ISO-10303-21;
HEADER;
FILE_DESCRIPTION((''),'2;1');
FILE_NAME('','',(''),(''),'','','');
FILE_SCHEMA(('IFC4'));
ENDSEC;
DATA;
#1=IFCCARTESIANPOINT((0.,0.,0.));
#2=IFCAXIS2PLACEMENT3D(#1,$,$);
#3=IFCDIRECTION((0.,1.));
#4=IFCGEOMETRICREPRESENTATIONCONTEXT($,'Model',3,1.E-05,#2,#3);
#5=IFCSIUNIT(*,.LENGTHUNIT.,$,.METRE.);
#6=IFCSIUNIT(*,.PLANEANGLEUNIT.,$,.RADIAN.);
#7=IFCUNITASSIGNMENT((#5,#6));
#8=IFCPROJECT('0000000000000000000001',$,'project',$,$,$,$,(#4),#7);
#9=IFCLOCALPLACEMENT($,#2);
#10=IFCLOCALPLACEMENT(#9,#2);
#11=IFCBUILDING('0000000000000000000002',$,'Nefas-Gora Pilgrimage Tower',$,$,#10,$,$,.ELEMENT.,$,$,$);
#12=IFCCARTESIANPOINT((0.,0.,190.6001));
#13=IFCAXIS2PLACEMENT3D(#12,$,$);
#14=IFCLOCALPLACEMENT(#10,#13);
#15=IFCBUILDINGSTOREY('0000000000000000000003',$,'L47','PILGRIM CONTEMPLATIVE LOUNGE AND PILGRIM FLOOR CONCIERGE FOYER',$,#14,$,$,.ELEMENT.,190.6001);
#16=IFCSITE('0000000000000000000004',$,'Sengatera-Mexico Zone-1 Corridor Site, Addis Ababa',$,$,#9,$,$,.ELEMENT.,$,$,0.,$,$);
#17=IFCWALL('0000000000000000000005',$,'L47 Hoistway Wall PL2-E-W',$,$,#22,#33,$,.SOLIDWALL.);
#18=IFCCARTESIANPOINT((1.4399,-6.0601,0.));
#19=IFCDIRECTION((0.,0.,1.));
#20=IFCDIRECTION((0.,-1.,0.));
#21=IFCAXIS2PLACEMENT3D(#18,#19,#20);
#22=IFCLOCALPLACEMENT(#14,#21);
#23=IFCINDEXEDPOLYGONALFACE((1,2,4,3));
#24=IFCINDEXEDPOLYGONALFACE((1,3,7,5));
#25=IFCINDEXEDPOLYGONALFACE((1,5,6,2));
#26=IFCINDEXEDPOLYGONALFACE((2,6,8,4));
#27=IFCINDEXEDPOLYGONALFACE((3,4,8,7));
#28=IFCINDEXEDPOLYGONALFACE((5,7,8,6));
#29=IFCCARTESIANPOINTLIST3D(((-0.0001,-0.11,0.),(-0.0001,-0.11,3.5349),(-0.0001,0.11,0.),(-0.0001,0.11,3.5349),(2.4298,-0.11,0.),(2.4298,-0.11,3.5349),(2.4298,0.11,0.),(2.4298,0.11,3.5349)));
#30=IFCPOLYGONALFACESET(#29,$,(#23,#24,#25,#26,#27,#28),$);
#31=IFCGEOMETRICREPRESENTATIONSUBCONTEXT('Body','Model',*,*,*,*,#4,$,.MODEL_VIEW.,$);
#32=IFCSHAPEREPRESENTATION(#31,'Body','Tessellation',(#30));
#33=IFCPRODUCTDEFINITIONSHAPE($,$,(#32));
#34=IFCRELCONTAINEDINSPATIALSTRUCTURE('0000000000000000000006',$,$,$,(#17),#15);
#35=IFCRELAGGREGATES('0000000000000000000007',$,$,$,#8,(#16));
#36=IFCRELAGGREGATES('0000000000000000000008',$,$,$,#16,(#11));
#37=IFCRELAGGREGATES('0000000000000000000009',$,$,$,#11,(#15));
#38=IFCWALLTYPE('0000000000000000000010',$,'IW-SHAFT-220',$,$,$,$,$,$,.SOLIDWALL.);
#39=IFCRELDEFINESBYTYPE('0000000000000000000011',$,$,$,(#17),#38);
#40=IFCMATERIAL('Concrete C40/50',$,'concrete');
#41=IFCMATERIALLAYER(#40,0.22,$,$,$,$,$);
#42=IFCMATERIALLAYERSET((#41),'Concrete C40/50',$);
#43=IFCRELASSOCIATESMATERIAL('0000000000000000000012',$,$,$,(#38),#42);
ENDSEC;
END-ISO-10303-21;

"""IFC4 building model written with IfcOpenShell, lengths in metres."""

from ifc_helpers import new_model, si_unit, direction, frame, frame_2d, origin, place, context, subcontext, project, spatial, rectangle, extrude, source, transform, mapped, material, layer, layer_set, type_object, element, save


model = new_model("IFC4")

# Units and contexts
model_context = context("Model", 3, precision=1e-05, world=origin(), true_north=direction((0.0, 1.0)))
body_context = subcontext(model_context, "Body", "Model", "MODEL_VIEW")
ifc_project = project(units=[si_unit("LENGTHUNIT", "METRE"), si_unit("PLANEANGLEUNIT", "RADIAN")], contexts=[model_context])

# Site, building, storey
site_placement = place(None, origin())
site = spatial("IfcSite", under=ifc_project, at=site_placement, Name="Sengatera-Mexico Zone-1 Corridor Site, Addis Ababa", CompositionType="ELEMENT", RefElevation=0.0)
building_placement = place(site_placement, origin())
building = spatial("IfcBuilding", under=site, at=building_placement, Name="Nefas-Gora Pilgrimage Tower", CompositionType="ELEMENT")
storey_placement = place(building_placement, frame((0.0, 0.0, 190.6001)))
storey = spatial("IfcBuildingStorey", under=building, at=storey_placement, Name="L47", Description="PILGRIM CONTEMPLATIVE LOUNGE AND PILGRIM FLOOR CONCIERGE FOYER", CompositionType="ELEMENT", Elevation=190.6001)

# Shared definitions
ifc_material_1 = material(Name="Concrete C40/50", Category="concrete")

# Shared definitions
ifc_layer_1 = layer(ifc_material_1, 0.22)
ifc_layer_set_1 = layer_set([ifc_layer_1], Name="Concrete C40/50")
wall_type_1 = type_object("IfcWallType", Name="IW-SHAFT-220", PredefinedType="SOLIDWALL", material=ifc_layer_set_1)

# Wall
shared_shape_1 = source(origin(), body_context, "Body", "SweptSolid", [
    extrude(rectangle(XDim=2.4299, YDim=0.22, at=frame_2d((1.2148, 0.0))), origin(), (0.0, 0.0, 1.0), 3.5349),
])
for number, where, z_axis, x_axis, name in (
    (1, (1.4399, -6.0601, 0.0), (0.0, 0.0, 1.0), (0.0, -1.0, 0.0), "L47 Hoistway Wall PL2-E-W"),
):
    element("IfcWall", number, at=place(storey_placement, frame(where, z_axis=z_axis, x_axis=x_axis)), inside=storey, type_object=wall_type_1, Name=name, PredefinedType="SOLIDWALL", context=body_context, shape_type="MappedRepresentation", body=[
        mapped(shared_shape_1, transform((0.0, 0.0, 0.0), x_axis=(1.0, 0.0, 0.0), y_axis=(0.0, 1.0, 0.0), z_axis=(0.0, 0.0, 1.0), scale=1.0)),
    ])

save(model, "model.ifc")
